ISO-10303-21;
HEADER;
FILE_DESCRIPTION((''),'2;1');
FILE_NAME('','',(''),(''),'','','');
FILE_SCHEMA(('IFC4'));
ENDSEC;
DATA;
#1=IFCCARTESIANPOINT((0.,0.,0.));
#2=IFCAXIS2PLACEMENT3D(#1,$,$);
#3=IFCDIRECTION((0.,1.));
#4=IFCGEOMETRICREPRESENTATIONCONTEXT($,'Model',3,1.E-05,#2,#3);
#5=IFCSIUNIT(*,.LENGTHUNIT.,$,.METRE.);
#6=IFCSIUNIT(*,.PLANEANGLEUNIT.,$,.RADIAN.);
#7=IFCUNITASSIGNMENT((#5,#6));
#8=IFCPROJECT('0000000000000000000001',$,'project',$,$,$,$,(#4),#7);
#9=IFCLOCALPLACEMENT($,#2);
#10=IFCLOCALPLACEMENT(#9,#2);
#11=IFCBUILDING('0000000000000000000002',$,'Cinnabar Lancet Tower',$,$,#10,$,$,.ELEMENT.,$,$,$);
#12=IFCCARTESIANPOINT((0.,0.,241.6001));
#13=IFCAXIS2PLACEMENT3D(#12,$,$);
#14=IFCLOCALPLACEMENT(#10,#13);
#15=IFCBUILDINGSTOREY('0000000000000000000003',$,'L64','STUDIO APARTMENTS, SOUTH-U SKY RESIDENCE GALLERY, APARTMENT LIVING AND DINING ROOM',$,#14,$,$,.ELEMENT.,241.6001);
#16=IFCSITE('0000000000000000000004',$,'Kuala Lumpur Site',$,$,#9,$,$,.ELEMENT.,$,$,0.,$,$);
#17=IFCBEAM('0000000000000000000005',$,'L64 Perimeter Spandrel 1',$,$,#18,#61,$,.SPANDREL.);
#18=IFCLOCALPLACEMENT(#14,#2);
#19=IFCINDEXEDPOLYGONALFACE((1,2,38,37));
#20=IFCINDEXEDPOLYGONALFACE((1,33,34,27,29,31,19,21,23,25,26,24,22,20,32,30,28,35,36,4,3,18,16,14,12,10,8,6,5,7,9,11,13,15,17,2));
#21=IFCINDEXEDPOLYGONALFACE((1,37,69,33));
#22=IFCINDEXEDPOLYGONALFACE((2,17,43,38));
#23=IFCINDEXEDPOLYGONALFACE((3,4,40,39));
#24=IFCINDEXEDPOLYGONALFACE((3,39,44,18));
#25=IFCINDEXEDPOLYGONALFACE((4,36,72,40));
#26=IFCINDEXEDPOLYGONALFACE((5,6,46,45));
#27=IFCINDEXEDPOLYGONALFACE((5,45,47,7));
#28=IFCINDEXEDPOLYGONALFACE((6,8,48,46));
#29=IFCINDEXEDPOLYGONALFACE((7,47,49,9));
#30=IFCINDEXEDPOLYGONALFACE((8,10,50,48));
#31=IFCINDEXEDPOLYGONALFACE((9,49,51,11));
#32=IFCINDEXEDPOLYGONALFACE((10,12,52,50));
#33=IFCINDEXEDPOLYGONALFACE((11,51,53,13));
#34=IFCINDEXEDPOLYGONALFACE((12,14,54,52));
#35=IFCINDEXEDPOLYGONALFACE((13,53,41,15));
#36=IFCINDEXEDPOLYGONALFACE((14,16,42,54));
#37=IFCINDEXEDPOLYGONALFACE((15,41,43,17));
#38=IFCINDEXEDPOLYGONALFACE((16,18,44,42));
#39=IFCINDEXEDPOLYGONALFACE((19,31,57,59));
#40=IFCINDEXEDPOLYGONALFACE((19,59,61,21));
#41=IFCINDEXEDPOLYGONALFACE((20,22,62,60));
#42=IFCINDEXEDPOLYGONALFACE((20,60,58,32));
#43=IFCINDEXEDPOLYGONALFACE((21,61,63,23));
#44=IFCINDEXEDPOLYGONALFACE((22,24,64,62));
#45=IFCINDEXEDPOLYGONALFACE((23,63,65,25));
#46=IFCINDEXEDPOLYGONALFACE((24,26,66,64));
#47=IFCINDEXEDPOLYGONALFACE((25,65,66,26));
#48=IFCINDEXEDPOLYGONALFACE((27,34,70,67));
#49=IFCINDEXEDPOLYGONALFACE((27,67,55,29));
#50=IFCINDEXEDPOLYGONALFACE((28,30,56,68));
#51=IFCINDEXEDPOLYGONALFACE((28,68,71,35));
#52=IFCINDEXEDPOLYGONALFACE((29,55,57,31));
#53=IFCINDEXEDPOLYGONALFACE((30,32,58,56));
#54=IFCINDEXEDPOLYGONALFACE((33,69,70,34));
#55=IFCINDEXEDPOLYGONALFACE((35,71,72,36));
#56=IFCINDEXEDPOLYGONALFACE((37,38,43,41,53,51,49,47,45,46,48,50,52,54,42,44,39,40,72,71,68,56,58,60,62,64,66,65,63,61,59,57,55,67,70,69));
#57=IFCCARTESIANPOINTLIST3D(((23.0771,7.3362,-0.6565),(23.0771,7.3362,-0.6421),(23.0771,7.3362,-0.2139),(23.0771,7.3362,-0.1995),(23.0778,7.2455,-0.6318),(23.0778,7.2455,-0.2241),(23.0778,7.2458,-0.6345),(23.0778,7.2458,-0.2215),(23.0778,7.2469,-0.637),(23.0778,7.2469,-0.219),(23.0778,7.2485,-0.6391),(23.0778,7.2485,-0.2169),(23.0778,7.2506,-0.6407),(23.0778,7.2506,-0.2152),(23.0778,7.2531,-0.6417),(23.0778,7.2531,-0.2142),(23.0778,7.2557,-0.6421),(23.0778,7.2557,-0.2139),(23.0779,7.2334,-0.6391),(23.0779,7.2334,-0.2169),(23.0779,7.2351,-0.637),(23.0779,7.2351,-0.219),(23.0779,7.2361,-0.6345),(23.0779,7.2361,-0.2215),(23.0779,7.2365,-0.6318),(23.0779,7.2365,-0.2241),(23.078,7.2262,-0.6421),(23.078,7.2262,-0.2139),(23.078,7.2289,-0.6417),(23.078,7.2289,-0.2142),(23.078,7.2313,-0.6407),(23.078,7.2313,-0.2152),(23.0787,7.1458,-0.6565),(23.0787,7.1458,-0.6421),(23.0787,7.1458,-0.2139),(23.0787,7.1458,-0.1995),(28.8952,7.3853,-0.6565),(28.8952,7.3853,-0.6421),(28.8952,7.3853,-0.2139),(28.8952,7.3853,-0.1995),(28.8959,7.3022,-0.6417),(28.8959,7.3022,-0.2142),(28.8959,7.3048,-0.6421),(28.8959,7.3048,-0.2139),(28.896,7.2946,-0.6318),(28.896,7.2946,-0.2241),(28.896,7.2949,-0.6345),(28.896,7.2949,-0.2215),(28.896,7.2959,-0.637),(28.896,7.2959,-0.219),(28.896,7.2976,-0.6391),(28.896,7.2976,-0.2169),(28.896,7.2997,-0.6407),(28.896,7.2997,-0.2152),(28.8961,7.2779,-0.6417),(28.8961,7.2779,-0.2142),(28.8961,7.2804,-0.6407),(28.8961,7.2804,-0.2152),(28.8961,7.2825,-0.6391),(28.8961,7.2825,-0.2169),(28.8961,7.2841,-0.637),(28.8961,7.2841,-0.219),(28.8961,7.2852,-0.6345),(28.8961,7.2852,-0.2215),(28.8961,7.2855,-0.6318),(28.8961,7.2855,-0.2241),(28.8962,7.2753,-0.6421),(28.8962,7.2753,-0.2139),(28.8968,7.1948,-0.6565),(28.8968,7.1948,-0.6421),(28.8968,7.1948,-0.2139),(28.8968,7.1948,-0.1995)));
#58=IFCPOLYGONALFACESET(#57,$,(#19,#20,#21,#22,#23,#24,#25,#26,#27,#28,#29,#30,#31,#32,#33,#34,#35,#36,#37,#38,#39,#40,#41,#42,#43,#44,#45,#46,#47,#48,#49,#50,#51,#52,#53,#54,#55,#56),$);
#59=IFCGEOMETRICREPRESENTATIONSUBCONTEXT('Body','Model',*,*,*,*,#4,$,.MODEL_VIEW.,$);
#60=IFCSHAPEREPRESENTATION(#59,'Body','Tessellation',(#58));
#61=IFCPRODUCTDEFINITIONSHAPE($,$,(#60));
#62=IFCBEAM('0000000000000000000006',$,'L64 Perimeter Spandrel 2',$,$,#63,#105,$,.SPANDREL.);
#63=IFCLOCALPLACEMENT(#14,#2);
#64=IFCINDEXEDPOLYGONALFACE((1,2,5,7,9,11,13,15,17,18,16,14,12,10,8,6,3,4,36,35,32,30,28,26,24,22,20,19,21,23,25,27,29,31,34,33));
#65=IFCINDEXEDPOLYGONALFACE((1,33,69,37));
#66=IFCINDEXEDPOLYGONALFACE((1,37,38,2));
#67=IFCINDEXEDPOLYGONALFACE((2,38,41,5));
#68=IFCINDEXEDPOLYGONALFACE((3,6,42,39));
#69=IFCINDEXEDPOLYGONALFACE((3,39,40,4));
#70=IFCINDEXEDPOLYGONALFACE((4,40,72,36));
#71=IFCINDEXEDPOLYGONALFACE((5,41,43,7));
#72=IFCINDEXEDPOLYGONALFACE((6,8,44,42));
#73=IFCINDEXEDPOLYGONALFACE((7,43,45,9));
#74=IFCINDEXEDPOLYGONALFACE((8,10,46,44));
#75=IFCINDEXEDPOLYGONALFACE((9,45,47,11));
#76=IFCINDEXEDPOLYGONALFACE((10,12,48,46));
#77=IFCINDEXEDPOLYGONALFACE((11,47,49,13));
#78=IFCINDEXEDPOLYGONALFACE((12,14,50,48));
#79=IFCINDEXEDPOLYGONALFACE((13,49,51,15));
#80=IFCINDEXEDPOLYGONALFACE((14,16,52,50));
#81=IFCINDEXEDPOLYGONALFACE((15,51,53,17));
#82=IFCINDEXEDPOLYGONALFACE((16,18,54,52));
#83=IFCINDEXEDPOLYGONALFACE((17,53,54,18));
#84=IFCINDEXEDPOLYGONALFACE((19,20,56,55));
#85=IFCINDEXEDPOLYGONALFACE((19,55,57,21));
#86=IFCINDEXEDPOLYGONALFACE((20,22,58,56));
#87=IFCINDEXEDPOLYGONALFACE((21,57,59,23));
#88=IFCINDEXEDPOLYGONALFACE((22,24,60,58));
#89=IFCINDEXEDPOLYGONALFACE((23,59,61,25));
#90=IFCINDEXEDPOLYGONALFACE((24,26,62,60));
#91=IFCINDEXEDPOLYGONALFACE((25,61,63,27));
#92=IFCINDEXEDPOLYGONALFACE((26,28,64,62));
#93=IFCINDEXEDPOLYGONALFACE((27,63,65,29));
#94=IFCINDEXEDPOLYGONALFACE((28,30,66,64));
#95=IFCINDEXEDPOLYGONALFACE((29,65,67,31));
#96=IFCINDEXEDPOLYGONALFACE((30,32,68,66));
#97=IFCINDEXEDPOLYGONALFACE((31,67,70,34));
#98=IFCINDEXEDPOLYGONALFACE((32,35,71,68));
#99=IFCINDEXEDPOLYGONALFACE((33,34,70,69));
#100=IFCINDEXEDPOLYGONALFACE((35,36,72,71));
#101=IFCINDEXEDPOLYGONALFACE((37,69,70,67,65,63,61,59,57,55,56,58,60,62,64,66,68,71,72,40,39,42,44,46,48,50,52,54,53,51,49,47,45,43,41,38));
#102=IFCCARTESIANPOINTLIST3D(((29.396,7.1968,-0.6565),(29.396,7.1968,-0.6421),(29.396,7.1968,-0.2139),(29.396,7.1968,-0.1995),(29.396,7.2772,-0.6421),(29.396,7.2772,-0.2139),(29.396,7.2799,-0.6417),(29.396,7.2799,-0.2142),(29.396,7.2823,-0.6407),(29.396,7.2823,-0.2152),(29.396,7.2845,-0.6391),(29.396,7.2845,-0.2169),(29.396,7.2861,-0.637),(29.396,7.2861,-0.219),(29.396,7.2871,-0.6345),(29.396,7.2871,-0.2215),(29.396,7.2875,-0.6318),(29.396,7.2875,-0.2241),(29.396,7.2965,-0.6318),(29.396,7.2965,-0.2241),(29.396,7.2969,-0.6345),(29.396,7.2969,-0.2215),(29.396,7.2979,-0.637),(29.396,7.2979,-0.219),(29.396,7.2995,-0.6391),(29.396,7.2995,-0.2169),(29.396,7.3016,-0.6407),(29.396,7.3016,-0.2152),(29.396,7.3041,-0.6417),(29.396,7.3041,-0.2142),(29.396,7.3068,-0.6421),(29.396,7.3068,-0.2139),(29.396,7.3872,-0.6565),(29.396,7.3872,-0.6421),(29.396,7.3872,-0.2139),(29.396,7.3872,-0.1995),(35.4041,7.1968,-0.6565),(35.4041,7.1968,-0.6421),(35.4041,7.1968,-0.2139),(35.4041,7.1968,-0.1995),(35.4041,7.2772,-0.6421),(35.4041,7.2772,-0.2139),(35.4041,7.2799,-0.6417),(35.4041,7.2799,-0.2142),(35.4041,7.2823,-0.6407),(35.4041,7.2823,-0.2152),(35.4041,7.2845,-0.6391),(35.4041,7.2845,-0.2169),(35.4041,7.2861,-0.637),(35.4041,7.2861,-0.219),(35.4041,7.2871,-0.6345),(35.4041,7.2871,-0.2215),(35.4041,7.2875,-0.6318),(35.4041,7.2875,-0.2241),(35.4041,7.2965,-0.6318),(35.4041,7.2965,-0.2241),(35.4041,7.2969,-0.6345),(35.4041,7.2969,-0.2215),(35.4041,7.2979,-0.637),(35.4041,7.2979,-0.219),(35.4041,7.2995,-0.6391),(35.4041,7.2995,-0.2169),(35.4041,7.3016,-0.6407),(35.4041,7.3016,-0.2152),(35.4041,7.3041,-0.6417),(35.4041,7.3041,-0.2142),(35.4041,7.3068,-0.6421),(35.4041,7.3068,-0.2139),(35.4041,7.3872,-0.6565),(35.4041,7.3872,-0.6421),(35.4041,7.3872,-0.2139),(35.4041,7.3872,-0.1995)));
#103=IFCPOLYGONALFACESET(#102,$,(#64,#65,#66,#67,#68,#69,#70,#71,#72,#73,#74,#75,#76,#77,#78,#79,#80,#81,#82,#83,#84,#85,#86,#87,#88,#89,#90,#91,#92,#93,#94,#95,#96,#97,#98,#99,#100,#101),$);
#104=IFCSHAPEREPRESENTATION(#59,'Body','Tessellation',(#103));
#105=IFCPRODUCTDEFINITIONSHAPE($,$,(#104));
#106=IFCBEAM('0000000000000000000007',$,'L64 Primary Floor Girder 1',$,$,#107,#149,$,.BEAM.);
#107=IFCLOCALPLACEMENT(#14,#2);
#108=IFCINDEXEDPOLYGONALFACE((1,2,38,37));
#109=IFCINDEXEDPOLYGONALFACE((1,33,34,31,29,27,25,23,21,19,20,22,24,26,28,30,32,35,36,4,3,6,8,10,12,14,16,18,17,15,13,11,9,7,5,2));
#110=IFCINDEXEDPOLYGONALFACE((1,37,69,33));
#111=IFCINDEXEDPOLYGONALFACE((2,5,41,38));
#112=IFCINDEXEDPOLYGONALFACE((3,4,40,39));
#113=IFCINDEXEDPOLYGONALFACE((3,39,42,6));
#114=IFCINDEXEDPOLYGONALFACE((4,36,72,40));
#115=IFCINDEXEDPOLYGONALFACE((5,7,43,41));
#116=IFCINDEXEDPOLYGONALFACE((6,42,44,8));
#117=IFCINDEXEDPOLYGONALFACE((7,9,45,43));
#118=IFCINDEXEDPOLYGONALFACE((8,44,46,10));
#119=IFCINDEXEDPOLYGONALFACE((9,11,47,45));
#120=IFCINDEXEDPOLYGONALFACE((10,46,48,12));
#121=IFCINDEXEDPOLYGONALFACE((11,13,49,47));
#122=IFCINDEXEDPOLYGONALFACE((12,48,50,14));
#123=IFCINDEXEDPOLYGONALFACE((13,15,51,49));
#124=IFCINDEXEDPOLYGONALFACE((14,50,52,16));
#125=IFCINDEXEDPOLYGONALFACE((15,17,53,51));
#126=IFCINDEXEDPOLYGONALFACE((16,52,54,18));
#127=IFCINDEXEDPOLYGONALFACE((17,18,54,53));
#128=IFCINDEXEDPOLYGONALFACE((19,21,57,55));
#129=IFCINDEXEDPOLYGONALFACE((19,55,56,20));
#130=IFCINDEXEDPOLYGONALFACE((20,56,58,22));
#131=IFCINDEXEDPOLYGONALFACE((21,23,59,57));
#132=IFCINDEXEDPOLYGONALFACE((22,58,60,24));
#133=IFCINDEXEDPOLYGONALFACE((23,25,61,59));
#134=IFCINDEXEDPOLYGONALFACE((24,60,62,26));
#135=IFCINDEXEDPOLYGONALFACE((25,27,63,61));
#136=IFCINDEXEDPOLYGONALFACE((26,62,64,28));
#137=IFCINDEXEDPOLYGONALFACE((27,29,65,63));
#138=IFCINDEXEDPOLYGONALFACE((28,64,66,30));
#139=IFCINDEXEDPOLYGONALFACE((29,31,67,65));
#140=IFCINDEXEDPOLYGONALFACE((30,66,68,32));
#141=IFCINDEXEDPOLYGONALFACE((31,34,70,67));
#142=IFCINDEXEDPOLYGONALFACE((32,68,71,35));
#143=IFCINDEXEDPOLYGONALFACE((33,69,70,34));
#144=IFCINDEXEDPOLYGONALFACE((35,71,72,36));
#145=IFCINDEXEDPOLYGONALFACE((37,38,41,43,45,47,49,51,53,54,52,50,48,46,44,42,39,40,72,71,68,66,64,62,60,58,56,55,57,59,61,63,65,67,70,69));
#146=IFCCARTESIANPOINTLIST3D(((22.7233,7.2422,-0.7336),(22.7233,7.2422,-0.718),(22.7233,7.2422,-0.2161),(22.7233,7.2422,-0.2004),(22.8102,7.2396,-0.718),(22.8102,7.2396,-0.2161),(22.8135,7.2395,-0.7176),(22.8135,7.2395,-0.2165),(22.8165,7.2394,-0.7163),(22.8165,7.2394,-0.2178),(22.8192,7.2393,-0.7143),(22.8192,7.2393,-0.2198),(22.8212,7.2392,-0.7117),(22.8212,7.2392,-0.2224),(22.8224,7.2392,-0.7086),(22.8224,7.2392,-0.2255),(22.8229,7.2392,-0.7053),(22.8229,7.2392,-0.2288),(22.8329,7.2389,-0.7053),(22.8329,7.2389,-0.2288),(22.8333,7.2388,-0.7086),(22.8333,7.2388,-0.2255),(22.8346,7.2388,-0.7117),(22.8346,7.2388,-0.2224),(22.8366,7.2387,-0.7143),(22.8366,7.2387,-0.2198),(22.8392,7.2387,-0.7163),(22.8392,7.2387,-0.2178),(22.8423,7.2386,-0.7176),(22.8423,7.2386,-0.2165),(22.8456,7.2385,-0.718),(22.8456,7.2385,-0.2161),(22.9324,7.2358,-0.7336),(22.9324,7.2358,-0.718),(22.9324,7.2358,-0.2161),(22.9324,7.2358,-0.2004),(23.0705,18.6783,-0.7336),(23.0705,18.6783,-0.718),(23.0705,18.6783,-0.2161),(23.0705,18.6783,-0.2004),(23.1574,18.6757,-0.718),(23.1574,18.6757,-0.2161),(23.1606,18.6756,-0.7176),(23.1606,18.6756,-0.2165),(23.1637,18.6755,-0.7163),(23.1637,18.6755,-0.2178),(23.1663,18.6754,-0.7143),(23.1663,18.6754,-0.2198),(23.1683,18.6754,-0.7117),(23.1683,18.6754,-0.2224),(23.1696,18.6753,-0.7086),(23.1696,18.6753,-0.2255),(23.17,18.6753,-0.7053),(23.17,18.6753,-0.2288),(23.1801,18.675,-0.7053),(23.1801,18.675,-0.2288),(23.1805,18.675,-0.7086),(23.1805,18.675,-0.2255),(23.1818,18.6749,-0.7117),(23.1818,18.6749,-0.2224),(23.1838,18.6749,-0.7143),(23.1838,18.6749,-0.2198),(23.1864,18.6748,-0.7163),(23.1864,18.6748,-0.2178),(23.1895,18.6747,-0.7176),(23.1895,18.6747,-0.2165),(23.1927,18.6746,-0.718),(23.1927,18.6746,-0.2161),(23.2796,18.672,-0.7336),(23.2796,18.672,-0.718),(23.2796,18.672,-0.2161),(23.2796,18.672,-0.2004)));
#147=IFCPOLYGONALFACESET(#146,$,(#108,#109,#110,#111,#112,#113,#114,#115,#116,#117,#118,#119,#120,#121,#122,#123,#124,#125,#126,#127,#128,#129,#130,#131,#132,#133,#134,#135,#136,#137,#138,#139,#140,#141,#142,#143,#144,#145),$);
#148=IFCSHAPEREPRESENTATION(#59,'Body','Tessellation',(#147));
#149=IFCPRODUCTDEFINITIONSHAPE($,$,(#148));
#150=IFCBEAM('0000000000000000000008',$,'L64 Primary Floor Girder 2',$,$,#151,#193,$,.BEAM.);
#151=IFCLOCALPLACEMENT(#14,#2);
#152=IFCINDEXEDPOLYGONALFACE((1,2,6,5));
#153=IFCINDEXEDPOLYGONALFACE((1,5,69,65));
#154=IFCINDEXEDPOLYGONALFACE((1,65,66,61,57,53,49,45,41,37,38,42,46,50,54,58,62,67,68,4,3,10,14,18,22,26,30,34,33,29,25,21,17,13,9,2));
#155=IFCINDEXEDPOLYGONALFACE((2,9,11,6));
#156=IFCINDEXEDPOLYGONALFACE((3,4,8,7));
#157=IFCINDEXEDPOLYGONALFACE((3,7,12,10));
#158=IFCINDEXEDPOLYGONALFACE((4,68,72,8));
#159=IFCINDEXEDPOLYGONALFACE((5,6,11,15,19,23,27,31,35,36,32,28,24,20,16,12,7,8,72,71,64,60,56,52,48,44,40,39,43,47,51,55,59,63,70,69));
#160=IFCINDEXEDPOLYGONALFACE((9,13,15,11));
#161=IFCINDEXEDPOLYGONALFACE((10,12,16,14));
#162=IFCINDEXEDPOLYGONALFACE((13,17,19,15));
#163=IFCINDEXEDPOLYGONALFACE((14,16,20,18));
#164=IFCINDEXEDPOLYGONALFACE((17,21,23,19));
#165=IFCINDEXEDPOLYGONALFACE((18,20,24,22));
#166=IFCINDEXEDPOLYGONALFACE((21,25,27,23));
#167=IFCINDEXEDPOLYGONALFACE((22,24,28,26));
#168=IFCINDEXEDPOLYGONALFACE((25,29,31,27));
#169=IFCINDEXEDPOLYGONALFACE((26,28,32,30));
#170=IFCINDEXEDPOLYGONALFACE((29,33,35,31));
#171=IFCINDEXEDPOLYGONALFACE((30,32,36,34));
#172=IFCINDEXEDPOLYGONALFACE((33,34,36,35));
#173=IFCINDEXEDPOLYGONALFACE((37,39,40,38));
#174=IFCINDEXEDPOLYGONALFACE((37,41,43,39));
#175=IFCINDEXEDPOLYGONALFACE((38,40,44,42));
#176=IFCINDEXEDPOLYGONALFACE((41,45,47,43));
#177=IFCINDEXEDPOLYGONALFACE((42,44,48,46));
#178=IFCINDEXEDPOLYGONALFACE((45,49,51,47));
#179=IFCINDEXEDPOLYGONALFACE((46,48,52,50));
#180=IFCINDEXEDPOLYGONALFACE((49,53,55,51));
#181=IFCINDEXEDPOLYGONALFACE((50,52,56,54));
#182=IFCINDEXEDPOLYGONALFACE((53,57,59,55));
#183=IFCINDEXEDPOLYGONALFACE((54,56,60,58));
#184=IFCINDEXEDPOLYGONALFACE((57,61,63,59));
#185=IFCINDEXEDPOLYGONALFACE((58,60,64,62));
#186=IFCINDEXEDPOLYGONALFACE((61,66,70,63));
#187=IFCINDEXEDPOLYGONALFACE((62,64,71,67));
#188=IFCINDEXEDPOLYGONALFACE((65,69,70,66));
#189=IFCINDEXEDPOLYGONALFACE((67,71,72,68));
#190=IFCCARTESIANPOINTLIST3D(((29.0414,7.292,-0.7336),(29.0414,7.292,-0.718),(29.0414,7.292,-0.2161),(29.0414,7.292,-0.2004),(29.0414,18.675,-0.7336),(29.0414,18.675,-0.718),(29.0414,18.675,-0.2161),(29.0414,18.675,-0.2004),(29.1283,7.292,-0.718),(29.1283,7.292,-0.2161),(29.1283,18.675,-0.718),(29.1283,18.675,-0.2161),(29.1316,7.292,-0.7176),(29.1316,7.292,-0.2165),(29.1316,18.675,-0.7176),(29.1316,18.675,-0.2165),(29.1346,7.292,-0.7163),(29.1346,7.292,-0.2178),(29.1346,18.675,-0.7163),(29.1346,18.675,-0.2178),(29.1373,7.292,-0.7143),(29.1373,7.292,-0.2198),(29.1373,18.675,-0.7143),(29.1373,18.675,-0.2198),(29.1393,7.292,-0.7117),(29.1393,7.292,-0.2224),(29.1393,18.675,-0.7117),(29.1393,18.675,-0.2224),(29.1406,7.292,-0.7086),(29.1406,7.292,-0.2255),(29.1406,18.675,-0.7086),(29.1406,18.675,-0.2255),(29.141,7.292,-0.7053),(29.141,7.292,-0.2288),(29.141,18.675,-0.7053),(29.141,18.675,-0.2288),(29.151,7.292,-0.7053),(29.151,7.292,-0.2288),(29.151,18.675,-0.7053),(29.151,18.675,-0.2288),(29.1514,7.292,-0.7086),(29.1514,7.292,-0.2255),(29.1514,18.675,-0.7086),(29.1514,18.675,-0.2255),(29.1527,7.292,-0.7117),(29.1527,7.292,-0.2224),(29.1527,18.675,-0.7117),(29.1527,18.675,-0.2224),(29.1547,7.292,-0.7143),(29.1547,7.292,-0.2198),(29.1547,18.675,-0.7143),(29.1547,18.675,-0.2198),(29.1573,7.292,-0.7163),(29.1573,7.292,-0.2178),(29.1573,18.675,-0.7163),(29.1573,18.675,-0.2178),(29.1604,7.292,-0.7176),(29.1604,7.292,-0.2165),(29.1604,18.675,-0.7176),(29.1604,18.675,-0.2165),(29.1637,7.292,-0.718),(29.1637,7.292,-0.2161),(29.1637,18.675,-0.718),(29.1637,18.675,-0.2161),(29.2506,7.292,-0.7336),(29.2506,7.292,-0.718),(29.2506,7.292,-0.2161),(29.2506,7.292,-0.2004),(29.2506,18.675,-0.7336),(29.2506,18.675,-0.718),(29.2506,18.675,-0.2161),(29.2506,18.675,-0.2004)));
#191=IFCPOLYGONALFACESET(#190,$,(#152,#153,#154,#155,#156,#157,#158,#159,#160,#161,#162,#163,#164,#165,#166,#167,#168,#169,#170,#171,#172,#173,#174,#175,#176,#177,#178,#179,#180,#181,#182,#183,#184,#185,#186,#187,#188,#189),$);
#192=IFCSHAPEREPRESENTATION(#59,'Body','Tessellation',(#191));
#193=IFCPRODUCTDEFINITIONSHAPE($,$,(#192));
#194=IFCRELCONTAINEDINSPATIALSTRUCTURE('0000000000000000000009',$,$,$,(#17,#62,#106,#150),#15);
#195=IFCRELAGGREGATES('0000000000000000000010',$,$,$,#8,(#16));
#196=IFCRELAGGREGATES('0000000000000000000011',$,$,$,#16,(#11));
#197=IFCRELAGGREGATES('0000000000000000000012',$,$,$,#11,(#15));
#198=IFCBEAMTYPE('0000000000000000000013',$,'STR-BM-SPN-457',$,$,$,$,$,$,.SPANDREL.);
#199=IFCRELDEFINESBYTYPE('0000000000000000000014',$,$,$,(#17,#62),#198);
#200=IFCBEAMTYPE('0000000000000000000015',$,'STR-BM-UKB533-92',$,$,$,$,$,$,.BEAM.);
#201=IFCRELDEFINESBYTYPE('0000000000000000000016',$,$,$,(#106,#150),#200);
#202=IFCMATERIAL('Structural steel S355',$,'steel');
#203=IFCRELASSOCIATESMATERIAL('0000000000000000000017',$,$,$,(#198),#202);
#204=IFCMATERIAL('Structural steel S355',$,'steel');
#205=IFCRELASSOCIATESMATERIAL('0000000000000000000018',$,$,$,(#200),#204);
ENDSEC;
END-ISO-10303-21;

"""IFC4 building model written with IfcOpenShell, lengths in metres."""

from ifc_helpers import new_model, si_unit, direction, frame, origin, origin_2d, place, context, subcontext, project, spatial, i_section, extrude, material, material_profile, profile_set, type_object, element, save


model = new_model("IFC4")

# Units and contexts
model_context = context("Model", 3, precision=1e-05, world=origin(), true_north=direction((0.0, 1.0)))
body_context = subcontext(model_context, "Body", "Model", "MODEL_VIEW")
ifc_project = project(units=[si_unit("LENGTHUNIT", "METRE"), si_unit("PLANEANGLEUNIT", "RADIAN")], contexts=[model_context])

# Site, building, storey
site_placement = place(None, origin())
site = spatial("IfcSite", under=ifc_project, at=site_placement, Name="Kuala Lumpur Site", CompositionType="ELEMENT", RefElevation=0.0)
building_placement = place(site_placement, origin())
building = spatial("IfcBuilding", under=site, at=building_placement, Name="Cinnabar Lancet Tower", CompositionType="ELEMENT")
storey_placement = place(building_placement, frame((0.0, 0.0, 241.6001)))
storey = spatial("IfcBuildingStorey", under=building, at=storey_placement, Name="L64", Description="STUDIO APARTMENTS, SOUTH-U SKY RESIDENCE GALLERY, APARTMENT LIVING AND DINING ROOM", CompositionType="ELEMENT", Elevation=241.6001)

# Beams
ifc_material_1 = material(Name="Structural steel S355", Category="steel")
ifc_material_profile_1 = material_profile(ifc_material_1, i_section(OverallWidth=0.1904, OverallDepth=0.457, WebThickness=0.009, FlangeThickness=0.0144, FilletRadius=0.0103, at=origin_2d()), Name="UKB 457x191x74")
ifc_profile_set_1 = profile_set([ifc_material_profile_1], Name="Structural steel S355")
beam_type_1 = type_object("IfcBeamType", Name="STR-BM-SPN-457", PredefinedType="SPANDREL", material=ifc_profile_set_1)
beam_1_placement = place(storey_placement, frame((23.0779, 7.241, -0.428), z_axis=(0.999964, 0.008434, 0.0), x_axis=(-0.008434, 0.999964, 0.0)))
element("IfcBeam", 1, at=beam_1_placement, inside=storey, type_object=beam_type_1, Name="L64 Perimeter Spandrel 1", PredefinedType="SPANDREL", context=body_context, shape_type="SweptSolid", body=[
    extrude(i_section(OverallWidth=0.1904, OverallDepth=0.457, WebThickness=0.009, FlangeThickness=0.0144, FilletRadius=0.0103, at=origin_2d()), origin(), (0.0, 0.0, 1.0), 5.8184),
])
beam_2_placement = place(storey_placement, frame((29.396, 7.292, -0.428), z_axis=(1.0, 0.0, 0.0), x_axis=(0.0, 1.0, 0.0)))
element("IfcBeam", 2, at=beam_2_placement, inside=storey, type_object=beam_type_1, Name="L64 Perimeter Spandrel 2", PredefinedType="SPANDREL", context=body_context, shape_type="SweptSolid", body=[
    extrude(i_section(OverallWidth=0.1904, OverallDepth=0.457, WebThickness=0.009, FlangeThickness=0.0144, FilletRadius=0.0103, at=origin_2d()), origin(), (0.0, 0.0, 1.0), 6.0081),
])
ifc_material_2 = material(Name="Structural steel S355", Category="steel")
ifc_material_profile_2 = material_profile(ifc_material_2, i_section(OverallWidth=0.2092, OverallDepth=0.5332, WebThickness=0.01, FlangeThickness=0.0156, FilletRadius=0.0127, at=origin_2d()), Name="UKB 533x210x92")
ifc_profile_set_2 = profile_set([ifc_material_profile_2], Name="Structural steel S355")
beam_type_2 = type_object("IfcBeamType", Name="STR-BM-UKB533-92", PredefinedType="BEAM", material=ifc_profile_set_2)
beam_3_placement = place(storey_placement, frame((22.8279, 7.239, -0.467), z_axis=(0.030343, 0.99954, 0.0), x_axis=(-0.99954, 0.030343, 0.0)))
element("IfcBeam", 3, at=beam_3_placement, inside=storey, type_object=beam_type_2, Name="L64 Primary Floor Girder 1", PredefinedType="BEAM", context=body_context, shape_type="SweptSolid", body=[
    extrude(i_section(OverallWidth=0.2092, OverallDepth=0.5332, WebThickness=0.01, FlangeThickness=0.0156, FilletRadius=0.0127, at=origin_2d()), origin(), (0.0, 0.0, 1.0), 11.4414),
])
beam_4_placement = place(storey_placement, frame((29.146, 7.292, -0.467), z_axis=(0.0, 1.0, 0.0), x_axis=(-1.0, 0.0, 0.0)))
element("IfcBeam", 4, at=beam_4_placement, inside=storey, type_object=beam_type_2, Name="L64 Primary Floor Girder 2", PredefinedType="BEAM", context=body_context, shape_type="SweptSolid", body=[
    extrude(i_section(OverallWidth=0.2092, OverallDepth=0.5332, WebThickness=0.01, FlangeThickness=0.0156, FilletRadius=0.0127, at=origin_2d()), origin(), (0.0, 0.0, 1.0), 11.3831),
])

save(model, "model.ifc")
